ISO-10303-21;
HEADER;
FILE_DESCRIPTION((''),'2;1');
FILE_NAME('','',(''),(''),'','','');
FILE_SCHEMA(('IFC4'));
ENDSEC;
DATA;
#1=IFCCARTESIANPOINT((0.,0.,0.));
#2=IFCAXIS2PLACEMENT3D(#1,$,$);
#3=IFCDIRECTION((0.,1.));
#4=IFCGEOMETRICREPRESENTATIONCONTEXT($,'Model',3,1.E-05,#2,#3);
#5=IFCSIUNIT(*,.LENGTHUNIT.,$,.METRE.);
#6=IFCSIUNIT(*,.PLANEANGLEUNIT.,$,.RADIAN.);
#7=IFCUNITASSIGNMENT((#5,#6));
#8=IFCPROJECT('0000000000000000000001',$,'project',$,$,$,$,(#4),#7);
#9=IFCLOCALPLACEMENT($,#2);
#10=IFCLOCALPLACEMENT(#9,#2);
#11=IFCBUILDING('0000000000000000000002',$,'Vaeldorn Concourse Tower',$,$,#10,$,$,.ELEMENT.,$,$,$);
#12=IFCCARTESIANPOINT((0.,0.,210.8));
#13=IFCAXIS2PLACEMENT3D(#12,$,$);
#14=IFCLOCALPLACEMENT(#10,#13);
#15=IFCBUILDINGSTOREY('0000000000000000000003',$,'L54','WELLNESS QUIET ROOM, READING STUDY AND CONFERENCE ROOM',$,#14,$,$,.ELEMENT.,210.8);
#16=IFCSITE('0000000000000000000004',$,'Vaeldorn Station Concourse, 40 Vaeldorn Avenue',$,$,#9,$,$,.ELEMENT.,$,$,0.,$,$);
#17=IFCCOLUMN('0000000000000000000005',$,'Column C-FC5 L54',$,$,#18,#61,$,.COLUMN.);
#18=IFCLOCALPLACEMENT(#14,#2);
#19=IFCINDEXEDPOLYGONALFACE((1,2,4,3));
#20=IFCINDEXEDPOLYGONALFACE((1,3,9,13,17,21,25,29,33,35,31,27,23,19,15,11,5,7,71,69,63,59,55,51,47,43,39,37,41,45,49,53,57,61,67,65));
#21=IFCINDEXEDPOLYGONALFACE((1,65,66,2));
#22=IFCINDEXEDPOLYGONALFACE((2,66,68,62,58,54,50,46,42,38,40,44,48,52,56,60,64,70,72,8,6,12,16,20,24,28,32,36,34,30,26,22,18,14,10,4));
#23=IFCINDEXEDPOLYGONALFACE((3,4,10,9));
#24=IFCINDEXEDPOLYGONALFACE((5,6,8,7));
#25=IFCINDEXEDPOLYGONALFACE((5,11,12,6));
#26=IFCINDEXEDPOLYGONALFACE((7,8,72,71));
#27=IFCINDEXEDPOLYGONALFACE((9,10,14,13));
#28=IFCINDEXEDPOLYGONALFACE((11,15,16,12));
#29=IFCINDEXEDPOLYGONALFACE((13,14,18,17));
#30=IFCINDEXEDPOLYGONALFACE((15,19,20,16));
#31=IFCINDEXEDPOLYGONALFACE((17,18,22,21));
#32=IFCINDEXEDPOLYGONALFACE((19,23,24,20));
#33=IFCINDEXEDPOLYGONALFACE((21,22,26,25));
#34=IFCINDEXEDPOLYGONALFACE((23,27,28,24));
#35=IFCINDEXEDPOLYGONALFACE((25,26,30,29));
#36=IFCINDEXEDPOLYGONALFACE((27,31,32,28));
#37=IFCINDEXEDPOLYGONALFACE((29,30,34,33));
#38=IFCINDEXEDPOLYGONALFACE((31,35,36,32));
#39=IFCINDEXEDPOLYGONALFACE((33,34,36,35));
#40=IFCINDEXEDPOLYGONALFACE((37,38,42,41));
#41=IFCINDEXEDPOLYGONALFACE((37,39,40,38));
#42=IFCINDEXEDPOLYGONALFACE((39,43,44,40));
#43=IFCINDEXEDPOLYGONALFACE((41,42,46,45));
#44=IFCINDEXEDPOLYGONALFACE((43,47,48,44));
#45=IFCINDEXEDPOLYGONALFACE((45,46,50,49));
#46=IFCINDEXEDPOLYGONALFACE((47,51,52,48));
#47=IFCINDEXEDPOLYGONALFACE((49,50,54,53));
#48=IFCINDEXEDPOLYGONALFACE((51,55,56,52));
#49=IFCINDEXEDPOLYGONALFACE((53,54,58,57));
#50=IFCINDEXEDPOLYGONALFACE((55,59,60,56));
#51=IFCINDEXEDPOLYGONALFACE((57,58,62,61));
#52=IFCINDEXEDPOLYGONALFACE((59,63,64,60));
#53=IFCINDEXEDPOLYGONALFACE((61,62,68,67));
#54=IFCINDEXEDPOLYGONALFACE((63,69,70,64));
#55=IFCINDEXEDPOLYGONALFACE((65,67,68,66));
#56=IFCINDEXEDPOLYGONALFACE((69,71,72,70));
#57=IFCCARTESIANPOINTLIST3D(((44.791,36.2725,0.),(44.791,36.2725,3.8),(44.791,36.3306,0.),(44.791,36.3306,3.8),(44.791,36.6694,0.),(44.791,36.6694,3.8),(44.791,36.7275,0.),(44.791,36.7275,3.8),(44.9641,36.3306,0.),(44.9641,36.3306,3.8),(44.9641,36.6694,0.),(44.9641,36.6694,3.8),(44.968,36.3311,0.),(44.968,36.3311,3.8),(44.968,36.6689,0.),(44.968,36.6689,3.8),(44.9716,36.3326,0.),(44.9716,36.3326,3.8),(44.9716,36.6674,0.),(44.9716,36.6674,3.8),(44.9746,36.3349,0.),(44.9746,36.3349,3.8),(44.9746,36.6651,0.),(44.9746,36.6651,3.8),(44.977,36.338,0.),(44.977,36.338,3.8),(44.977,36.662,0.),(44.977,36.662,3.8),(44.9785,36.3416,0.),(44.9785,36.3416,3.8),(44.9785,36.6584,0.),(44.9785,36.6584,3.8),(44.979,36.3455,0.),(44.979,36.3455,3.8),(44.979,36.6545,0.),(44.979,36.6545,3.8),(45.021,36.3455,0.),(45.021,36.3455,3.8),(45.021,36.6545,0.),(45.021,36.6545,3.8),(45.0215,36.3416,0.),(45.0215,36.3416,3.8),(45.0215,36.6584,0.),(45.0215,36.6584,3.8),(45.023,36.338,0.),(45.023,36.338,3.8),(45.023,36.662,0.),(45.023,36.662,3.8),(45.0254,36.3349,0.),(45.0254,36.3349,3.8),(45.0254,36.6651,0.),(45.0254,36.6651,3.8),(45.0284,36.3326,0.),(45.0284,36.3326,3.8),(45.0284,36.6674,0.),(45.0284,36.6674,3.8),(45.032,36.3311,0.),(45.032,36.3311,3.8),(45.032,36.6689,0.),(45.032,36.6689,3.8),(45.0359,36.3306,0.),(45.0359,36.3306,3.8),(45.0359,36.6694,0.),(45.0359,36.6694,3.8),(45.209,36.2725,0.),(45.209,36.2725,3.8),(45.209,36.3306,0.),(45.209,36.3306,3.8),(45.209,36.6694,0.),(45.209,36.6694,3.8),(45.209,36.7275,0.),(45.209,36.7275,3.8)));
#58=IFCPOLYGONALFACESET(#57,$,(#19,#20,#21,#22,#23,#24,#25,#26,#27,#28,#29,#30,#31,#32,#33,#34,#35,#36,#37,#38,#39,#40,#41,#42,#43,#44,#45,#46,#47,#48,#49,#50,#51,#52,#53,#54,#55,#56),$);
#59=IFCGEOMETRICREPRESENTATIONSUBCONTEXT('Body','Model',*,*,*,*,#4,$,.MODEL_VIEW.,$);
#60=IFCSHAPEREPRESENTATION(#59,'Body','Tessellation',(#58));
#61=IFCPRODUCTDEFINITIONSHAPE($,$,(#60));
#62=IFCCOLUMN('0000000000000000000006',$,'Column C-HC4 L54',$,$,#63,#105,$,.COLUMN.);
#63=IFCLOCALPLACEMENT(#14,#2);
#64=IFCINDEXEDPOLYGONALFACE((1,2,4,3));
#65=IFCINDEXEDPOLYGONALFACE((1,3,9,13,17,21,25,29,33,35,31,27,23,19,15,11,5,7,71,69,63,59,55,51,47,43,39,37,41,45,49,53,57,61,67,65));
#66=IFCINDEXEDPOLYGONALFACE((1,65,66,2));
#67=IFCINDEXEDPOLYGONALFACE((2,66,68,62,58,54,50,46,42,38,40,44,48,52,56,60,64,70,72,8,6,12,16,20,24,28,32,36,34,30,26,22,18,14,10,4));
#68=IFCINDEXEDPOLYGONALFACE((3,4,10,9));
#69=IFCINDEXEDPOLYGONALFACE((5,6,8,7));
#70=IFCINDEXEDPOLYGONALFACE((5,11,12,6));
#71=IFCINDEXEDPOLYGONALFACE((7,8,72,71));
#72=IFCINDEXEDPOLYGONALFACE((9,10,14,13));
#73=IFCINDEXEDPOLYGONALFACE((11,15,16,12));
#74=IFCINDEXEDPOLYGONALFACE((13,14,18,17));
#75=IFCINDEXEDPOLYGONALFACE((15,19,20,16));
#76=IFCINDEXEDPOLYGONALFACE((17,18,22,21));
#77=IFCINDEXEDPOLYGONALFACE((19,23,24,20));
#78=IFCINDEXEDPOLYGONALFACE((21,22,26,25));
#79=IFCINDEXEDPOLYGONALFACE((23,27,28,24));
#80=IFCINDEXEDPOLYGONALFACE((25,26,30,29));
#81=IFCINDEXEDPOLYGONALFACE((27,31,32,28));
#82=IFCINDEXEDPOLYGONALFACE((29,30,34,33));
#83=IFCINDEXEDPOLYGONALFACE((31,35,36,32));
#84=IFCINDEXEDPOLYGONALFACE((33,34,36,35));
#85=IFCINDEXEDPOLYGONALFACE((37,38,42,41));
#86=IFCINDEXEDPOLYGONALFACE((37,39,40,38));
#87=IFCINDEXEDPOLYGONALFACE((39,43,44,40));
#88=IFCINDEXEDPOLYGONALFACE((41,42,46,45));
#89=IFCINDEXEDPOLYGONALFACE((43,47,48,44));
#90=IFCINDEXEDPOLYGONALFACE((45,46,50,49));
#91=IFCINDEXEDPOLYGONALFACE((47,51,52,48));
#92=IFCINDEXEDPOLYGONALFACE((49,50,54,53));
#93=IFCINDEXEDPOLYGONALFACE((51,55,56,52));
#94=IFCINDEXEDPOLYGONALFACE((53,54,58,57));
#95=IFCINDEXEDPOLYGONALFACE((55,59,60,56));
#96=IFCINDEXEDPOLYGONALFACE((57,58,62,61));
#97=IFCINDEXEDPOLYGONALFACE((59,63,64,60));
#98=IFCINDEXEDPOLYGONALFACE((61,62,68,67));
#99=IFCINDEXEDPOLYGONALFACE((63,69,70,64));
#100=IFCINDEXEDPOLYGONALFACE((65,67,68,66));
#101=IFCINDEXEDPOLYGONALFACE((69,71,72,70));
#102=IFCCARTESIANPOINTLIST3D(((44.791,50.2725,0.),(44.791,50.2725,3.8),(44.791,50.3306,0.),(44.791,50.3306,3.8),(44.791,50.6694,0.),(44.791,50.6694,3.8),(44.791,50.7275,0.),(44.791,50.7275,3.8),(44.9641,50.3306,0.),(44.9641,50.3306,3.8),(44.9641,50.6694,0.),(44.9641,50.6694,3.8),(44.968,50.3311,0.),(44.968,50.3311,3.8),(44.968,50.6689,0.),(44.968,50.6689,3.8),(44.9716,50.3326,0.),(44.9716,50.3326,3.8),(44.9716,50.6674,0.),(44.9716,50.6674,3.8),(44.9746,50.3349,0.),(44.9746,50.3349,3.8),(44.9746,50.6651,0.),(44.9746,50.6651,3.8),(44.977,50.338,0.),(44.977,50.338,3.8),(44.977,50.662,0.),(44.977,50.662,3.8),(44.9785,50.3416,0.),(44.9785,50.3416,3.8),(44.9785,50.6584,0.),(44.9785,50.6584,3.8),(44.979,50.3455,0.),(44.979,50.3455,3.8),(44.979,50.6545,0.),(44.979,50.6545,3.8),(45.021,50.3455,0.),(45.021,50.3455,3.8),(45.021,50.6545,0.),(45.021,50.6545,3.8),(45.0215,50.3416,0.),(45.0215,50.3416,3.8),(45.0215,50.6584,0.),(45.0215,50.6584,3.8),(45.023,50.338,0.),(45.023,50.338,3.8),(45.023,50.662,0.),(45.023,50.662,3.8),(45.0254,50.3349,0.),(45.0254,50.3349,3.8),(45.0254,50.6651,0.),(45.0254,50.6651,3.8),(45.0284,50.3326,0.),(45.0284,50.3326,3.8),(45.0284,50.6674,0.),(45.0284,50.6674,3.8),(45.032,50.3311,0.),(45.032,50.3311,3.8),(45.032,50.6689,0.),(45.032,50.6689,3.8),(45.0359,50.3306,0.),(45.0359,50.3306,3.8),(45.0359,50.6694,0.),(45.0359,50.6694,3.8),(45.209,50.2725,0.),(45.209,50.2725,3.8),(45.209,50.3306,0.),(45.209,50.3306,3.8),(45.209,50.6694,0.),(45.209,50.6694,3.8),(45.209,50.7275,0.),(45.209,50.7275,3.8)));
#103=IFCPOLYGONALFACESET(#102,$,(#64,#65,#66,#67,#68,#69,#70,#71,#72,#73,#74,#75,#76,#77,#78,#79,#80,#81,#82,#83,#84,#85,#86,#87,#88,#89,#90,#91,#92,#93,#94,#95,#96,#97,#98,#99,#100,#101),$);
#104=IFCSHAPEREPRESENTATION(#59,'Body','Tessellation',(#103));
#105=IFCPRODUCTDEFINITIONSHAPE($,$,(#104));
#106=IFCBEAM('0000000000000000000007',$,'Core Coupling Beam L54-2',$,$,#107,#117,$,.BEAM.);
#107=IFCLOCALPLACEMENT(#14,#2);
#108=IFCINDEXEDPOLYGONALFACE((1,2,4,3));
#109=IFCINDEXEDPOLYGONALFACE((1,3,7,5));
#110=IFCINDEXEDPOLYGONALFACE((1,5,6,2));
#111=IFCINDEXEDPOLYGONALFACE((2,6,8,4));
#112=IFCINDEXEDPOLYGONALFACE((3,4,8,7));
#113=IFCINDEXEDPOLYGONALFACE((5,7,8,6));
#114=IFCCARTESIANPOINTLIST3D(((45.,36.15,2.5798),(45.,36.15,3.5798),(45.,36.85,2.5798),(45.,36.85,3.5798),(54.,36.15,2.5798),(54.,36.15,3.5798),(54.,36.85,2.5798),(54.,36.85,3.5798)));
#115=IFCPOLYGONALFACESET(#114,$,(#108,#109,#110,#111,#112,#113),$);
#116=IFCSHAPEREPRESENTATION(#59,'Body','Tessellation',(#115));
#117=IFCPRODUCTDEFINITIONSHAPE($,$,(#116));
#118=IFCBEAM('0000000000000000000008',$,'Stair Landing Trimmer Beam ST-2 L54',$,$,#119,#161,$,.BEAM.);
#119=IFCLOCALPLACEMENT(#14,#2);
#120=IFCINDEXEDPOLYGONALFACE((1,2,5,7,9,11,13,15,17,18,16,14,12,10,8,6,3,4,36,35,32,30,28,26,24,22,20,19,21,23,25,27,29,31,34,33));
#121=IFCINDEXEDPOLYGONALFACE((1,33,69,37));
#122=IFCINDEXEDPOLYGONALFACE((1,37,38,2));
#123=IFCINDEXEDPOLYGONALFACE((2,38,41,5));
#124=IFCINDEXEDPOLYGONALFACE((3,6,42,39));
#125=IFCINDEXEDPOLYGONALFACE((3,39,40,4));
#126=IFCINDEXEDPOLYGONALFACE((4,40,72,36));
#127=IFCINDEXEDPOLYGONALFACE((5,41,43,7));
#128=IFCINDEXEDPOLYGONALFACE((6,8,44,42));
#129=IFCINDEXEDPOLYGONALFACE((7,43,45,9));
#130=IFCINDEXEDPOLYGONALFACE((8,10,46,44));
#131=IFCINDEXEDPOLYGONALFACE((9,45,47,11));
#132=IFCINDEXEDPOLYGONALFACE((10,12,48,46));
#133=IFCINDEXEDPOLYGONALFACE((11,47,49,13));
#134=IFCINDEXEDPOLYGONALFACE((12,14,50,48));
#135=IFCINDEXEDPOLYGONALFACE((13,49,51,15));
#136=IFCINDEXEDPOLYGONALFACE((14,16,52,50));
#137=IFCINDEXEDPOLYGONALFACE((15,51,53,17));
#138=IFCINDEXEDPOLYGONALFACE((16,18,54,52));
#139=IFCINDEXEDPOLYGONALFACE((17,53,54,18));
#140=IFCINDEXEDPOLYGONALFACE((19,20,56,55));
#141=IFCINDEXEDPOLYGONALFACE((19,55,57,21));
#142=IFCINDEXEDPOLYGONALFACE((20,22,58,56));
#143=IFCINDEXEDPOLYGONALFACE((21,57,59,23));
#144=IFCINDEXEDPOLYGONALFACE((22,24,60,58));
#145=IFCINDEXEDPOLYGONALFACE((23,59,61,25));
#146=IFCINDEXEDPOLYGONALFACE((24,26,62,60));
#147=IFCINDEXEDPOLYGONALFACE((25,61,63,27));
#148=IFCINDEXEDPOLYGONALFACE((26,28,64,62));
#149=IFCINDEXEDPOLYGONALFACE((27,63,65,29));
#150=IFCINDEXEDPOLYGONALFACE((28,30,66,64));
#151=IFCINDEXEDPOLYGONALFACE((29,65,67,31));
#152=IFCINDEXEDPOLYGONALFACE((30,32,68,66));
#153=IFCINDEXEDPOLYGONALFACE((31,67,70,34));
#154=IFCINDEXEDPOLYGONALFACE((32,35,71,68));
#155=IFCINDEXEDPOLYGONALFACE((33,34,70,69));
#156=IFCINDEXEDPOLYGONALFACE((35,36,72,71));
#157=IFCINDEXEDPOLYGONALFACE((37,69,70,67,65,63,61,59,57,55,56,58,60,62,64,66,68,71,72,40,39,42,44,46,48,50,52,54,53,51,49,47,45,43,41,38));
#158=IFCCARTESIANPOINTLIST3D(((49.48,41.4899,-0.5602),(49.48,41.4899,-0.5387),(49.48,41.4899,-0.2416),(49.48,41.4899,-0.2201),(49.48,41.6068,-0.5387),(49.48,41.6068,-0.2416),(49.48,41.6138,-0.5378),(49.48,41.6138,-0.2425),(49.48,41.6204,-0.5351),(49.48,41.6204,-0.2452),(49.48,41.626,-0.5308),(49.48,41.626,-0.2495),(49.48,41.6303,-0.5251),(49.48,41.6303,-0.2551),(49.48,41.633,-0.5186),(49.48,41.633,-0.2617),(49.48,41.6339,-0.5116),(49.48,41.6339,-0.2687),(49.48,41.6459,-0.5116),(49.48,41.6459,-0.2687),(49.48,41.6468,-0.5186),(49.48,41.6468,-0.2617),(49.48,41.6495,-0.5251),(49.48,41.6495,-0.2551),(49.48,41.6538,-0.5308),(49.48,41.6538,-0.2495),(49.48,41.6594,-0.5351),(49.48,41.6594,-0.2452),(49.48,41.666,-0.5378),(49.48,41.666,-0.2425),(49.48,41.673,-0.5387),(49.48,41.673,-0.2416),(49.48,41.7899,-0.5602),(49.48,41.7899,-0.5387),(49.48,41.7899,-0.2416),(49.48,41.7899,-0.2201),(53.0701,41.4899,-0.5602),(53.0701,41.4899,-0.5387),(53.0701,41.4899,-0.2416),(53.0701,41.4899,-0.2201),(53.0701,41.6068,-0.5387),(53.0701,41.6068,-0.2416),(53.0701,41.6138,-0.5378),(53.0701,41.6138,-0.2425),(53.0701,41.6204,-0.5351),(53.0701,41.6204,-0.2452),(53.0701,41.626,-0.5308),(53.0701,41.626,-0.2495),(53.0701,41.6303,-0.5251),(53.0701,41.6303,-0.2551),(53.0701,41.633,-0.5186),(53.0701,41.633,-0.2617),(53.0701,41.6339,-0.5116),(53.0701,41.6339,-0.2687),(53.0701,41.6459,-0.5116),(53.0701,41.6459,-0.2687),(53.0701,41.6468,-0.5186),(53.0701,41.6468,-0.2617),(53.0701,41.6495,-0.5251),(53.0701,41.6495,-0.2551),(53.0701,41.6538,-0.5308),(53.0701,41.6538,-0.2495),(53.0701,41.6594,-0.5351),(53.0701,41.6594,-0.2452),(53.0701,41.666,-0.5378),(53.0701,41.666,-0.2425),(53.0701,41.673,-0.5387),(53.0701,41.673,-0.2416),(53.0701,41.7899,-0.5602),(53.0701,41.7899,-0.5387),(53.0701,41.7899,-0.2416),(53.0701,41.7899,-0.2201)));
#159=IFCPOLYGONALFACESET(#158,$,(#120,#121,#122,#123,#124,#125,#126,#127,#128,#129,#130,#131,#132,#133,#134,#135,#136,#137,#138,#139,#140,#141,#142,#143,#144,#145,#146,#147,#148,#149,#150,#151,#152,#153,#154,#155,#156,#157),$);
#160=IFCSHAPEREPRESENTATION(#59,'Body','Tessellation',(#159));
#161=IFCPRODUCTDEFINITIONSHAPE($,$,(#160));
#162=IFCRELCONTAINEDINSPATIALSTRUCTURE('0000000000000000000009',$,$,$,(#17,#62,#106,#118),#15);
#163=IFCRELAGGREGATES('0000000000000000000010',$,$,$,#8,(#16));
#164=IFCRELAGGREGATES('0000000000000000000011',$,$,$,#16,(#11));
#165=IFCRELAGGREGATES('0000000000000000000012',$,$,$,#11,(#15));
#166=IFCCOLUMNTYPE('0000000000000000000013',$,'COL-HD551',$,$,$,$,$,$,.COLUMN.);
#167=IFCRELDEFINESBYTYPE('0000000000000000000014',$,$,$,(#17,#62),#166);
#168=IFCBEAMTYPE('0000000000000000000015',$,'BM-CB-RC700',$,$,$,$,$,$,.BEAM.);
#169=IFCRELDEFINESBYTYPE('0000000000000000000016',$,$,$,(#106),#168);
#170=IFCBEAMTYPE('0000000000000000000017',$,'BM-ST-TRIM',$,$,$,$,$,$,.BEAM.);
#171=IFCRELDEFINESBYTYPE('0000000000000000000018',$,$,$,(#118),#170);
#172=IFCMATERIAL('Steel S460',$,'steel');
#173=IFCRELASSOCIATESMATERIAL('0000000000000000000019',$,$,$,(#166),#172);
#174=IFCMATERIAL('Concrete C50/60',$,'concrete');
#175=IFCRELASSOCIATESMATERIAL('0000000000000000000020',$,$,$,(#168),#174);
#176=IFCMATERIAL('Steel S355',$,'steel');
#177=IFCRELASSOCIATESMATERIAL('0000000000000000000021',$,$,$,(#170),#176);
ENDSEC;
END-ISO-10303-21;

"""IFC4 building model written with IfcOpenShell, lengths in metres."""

from ifc_helpers import new_model, si_unit, direction, frame, origin, origin_2d, place, context, subcontext, project, spatial, rectangle, i_section, extrude, source, transform, mapped, material, material_profile, profile_set, type_object, element, save


model = new_model("IFC4")

# Units and contexts
model_context = context("Model", 3, precision=1e-05, world=origin(), true_north=direction((0.0, 1.0)))
body_context = subcontext(model_context, "Body", "Model", "MODEL_VIEW")
ifc_project = project(units=[si_unit("LENGTHUNIT", "METRE"), si_unit("PLANEANGLEUNIT", "RADIAN")], contexts=[model_context])

# Site, building, storey
site_placement = place(None, origin())
site = spatial("IfcSite", under=ifc_project, at=site_placement, Name="Vaeldorn Station Concourse, 40 Vaeldorn Avenue", CompositionType="ELEMENT", RefElevation=0.0)
building_placement = place(site_placement, origin())
building = spatial("IfcBuilding", under=site, at=building_placement, Name="Vaeldorn Concourse Tower", CompositionType="ELEMENT")
storey_placement = place(building_placement, frame((0.0, 0.0, 210.8)))
storey = spatial("IfcBuildingStorey", under=building, at=storey_placement, Name="L54", Description="WELLNESS QUIET ROOM, READING STUDY AND CONFERENCE ROOM", CompositionType="ELEMENT", Elevation=210.8)

# Columns
ifc_material_1 = material(Name="Steel S460", Category="steel")
ifc_material_profile_1 = material_profile(ifc_material_1, i_section(OverallWidth=0.418, OverallDepth=0.4551, WebThickness=0.042, FlangeThickness=0.0581, FilletRadius=0.0149, at=origin_2d()), Name="HD 400x551")
ifc_profile_set_1 = profile_set([ifc_material_profile_1], Name="Steel S460")
column_type = type_object("IfcColumnType", Name="COL-HD551", PredefinedType="COLUMN", material=ifc_profile_set_1)
shared_shape_1 = source(origin(), body_context, "Body", "SweptSolid", [
    extrude(i_section(OverallWidth=0.418, OverallDepth=0.4551, WebThickness=0.042, FlangeThickness=0.0581, FilletRadius=0.0149, at=origin_2d()), origin(), (0.0, 0.0, 1.0), 3.8),
])
for number, where, z_axis, x_axis, name in (
    (1, (45.0, 36.5, 0.0), (0.0, 0.0, 1.0), (1.0, 0.0, 0.0), "Column C-FC5 L54"),
    (2, (45.0, 50.5, 0.0), (0.0, 0.0, 1.0), (1.0, 0.0, 0.0), "Column C-HC4 L54"),
):
    element("IfcColumn", number, at=place(storey_placement, frame(where, z_axis=z_axis, x_axis=x_axis)), inside=storey, type_object=column_type, Name=name, PredefinedType="COLUMN", context=body_context, shape_type="MappedRepresentation", body=[
        mapped(shared_shape_1, transform((0.0, 0.0, 0.0), scale=1.0)),
    ])

# Beams
ifc_material_2 = material(Name="Concrete C50/60", Category="concrete")
ifc_material_profile_2 = material_profile(ifc_material_2, rectangle(XDim=0.7, YDim=1.0, at=origin_2d()), Name="RC 700x1000")
ifc_profile_set_2 = profile_set([ifc_material_profile_2], Name="Concrete C50/60")
beam_type_1 = type_object("IfcBeamType", Name="BM-CB-RC700", PredefinedType="BEAM", material=ifc_profile_set_2)
shared_shape_2 = source(origin(), body_context, "Body", "SweptSolid", [
    extrude(rectangle(XDim=0.7, YDim=1.0, at=origin_2d()), origin(), (0.0, 0.0, 1.0), 9.0),
])
beam_1_placement = place(storey_placement, frame((45.0, 36.5, 3.0798), z_axis=(1.0, 0.0, 0.0), x_axis=(0.0, 1.0, 0.0)))
element("IfcBeam", 3, at=beam_1_placement, inside=storey, type_object=beam_type_1, Name="Core Coupling Beam L54-2", PredefinedType="BEAM", context=body_context, shape_type="MappedRepresentation", body=[
    mapped(shared_shape_2, transform((0.0, 0.0, 0.0), scale=1.0)),
])
ifc_material_3 = material(Name="Steel S355", Category="steel")
ifc_material_profile_3 = material_profile(ifc_material_3, i_section(OverallWidth=0.3, OverallDepth=0.3401, WebThickness=0.012, FlangeThickness=0.0215, FilletRadius=0.0271, at=origin_2d()), Name="HEB 340")
ifc_profile_set_3 = profile_set([ifc_material_profile_3], Name="Steel S355")
beam_type_2 = type_object("IfcBeamType", Name="BM-ST-TRIM", PredefinedType="BEAM", material=ifc_profile_set_3)
shared_shape_3 = source(origin(), body_context, "Body", "SweptSolid", [
    extrude(i_section(OverallWidth=0.3, OverallDepth=0.3401, WebThickness=0.012, FlangeThickness=0.0215, FilletRadius=0.0271, at=origin_2d()), origin(), (0.0, 0.0, 1.0), 3.5901),
])
beam_2_placement = place(storey_placement, frame((49.48, 41.6399, -0.3901), z_axis=(1.0, 0.0, 0.0), x_axis=(0.0, 1.0, 0.0)))
element("IfcBeam", 4, at=beam_2_placement, inside=storey, type_object=beam_type_2, Name="Stair Landing Trimmer Beam ST-2 L54", PredefinedType="BEAM", context=body_context, shape_type="MappedRepresentation", body=[
    mapped(shared_shape_3, transform((0.0, 0.0, 0.0), scale=1.0)),
])

save(model, "model.ifc")
